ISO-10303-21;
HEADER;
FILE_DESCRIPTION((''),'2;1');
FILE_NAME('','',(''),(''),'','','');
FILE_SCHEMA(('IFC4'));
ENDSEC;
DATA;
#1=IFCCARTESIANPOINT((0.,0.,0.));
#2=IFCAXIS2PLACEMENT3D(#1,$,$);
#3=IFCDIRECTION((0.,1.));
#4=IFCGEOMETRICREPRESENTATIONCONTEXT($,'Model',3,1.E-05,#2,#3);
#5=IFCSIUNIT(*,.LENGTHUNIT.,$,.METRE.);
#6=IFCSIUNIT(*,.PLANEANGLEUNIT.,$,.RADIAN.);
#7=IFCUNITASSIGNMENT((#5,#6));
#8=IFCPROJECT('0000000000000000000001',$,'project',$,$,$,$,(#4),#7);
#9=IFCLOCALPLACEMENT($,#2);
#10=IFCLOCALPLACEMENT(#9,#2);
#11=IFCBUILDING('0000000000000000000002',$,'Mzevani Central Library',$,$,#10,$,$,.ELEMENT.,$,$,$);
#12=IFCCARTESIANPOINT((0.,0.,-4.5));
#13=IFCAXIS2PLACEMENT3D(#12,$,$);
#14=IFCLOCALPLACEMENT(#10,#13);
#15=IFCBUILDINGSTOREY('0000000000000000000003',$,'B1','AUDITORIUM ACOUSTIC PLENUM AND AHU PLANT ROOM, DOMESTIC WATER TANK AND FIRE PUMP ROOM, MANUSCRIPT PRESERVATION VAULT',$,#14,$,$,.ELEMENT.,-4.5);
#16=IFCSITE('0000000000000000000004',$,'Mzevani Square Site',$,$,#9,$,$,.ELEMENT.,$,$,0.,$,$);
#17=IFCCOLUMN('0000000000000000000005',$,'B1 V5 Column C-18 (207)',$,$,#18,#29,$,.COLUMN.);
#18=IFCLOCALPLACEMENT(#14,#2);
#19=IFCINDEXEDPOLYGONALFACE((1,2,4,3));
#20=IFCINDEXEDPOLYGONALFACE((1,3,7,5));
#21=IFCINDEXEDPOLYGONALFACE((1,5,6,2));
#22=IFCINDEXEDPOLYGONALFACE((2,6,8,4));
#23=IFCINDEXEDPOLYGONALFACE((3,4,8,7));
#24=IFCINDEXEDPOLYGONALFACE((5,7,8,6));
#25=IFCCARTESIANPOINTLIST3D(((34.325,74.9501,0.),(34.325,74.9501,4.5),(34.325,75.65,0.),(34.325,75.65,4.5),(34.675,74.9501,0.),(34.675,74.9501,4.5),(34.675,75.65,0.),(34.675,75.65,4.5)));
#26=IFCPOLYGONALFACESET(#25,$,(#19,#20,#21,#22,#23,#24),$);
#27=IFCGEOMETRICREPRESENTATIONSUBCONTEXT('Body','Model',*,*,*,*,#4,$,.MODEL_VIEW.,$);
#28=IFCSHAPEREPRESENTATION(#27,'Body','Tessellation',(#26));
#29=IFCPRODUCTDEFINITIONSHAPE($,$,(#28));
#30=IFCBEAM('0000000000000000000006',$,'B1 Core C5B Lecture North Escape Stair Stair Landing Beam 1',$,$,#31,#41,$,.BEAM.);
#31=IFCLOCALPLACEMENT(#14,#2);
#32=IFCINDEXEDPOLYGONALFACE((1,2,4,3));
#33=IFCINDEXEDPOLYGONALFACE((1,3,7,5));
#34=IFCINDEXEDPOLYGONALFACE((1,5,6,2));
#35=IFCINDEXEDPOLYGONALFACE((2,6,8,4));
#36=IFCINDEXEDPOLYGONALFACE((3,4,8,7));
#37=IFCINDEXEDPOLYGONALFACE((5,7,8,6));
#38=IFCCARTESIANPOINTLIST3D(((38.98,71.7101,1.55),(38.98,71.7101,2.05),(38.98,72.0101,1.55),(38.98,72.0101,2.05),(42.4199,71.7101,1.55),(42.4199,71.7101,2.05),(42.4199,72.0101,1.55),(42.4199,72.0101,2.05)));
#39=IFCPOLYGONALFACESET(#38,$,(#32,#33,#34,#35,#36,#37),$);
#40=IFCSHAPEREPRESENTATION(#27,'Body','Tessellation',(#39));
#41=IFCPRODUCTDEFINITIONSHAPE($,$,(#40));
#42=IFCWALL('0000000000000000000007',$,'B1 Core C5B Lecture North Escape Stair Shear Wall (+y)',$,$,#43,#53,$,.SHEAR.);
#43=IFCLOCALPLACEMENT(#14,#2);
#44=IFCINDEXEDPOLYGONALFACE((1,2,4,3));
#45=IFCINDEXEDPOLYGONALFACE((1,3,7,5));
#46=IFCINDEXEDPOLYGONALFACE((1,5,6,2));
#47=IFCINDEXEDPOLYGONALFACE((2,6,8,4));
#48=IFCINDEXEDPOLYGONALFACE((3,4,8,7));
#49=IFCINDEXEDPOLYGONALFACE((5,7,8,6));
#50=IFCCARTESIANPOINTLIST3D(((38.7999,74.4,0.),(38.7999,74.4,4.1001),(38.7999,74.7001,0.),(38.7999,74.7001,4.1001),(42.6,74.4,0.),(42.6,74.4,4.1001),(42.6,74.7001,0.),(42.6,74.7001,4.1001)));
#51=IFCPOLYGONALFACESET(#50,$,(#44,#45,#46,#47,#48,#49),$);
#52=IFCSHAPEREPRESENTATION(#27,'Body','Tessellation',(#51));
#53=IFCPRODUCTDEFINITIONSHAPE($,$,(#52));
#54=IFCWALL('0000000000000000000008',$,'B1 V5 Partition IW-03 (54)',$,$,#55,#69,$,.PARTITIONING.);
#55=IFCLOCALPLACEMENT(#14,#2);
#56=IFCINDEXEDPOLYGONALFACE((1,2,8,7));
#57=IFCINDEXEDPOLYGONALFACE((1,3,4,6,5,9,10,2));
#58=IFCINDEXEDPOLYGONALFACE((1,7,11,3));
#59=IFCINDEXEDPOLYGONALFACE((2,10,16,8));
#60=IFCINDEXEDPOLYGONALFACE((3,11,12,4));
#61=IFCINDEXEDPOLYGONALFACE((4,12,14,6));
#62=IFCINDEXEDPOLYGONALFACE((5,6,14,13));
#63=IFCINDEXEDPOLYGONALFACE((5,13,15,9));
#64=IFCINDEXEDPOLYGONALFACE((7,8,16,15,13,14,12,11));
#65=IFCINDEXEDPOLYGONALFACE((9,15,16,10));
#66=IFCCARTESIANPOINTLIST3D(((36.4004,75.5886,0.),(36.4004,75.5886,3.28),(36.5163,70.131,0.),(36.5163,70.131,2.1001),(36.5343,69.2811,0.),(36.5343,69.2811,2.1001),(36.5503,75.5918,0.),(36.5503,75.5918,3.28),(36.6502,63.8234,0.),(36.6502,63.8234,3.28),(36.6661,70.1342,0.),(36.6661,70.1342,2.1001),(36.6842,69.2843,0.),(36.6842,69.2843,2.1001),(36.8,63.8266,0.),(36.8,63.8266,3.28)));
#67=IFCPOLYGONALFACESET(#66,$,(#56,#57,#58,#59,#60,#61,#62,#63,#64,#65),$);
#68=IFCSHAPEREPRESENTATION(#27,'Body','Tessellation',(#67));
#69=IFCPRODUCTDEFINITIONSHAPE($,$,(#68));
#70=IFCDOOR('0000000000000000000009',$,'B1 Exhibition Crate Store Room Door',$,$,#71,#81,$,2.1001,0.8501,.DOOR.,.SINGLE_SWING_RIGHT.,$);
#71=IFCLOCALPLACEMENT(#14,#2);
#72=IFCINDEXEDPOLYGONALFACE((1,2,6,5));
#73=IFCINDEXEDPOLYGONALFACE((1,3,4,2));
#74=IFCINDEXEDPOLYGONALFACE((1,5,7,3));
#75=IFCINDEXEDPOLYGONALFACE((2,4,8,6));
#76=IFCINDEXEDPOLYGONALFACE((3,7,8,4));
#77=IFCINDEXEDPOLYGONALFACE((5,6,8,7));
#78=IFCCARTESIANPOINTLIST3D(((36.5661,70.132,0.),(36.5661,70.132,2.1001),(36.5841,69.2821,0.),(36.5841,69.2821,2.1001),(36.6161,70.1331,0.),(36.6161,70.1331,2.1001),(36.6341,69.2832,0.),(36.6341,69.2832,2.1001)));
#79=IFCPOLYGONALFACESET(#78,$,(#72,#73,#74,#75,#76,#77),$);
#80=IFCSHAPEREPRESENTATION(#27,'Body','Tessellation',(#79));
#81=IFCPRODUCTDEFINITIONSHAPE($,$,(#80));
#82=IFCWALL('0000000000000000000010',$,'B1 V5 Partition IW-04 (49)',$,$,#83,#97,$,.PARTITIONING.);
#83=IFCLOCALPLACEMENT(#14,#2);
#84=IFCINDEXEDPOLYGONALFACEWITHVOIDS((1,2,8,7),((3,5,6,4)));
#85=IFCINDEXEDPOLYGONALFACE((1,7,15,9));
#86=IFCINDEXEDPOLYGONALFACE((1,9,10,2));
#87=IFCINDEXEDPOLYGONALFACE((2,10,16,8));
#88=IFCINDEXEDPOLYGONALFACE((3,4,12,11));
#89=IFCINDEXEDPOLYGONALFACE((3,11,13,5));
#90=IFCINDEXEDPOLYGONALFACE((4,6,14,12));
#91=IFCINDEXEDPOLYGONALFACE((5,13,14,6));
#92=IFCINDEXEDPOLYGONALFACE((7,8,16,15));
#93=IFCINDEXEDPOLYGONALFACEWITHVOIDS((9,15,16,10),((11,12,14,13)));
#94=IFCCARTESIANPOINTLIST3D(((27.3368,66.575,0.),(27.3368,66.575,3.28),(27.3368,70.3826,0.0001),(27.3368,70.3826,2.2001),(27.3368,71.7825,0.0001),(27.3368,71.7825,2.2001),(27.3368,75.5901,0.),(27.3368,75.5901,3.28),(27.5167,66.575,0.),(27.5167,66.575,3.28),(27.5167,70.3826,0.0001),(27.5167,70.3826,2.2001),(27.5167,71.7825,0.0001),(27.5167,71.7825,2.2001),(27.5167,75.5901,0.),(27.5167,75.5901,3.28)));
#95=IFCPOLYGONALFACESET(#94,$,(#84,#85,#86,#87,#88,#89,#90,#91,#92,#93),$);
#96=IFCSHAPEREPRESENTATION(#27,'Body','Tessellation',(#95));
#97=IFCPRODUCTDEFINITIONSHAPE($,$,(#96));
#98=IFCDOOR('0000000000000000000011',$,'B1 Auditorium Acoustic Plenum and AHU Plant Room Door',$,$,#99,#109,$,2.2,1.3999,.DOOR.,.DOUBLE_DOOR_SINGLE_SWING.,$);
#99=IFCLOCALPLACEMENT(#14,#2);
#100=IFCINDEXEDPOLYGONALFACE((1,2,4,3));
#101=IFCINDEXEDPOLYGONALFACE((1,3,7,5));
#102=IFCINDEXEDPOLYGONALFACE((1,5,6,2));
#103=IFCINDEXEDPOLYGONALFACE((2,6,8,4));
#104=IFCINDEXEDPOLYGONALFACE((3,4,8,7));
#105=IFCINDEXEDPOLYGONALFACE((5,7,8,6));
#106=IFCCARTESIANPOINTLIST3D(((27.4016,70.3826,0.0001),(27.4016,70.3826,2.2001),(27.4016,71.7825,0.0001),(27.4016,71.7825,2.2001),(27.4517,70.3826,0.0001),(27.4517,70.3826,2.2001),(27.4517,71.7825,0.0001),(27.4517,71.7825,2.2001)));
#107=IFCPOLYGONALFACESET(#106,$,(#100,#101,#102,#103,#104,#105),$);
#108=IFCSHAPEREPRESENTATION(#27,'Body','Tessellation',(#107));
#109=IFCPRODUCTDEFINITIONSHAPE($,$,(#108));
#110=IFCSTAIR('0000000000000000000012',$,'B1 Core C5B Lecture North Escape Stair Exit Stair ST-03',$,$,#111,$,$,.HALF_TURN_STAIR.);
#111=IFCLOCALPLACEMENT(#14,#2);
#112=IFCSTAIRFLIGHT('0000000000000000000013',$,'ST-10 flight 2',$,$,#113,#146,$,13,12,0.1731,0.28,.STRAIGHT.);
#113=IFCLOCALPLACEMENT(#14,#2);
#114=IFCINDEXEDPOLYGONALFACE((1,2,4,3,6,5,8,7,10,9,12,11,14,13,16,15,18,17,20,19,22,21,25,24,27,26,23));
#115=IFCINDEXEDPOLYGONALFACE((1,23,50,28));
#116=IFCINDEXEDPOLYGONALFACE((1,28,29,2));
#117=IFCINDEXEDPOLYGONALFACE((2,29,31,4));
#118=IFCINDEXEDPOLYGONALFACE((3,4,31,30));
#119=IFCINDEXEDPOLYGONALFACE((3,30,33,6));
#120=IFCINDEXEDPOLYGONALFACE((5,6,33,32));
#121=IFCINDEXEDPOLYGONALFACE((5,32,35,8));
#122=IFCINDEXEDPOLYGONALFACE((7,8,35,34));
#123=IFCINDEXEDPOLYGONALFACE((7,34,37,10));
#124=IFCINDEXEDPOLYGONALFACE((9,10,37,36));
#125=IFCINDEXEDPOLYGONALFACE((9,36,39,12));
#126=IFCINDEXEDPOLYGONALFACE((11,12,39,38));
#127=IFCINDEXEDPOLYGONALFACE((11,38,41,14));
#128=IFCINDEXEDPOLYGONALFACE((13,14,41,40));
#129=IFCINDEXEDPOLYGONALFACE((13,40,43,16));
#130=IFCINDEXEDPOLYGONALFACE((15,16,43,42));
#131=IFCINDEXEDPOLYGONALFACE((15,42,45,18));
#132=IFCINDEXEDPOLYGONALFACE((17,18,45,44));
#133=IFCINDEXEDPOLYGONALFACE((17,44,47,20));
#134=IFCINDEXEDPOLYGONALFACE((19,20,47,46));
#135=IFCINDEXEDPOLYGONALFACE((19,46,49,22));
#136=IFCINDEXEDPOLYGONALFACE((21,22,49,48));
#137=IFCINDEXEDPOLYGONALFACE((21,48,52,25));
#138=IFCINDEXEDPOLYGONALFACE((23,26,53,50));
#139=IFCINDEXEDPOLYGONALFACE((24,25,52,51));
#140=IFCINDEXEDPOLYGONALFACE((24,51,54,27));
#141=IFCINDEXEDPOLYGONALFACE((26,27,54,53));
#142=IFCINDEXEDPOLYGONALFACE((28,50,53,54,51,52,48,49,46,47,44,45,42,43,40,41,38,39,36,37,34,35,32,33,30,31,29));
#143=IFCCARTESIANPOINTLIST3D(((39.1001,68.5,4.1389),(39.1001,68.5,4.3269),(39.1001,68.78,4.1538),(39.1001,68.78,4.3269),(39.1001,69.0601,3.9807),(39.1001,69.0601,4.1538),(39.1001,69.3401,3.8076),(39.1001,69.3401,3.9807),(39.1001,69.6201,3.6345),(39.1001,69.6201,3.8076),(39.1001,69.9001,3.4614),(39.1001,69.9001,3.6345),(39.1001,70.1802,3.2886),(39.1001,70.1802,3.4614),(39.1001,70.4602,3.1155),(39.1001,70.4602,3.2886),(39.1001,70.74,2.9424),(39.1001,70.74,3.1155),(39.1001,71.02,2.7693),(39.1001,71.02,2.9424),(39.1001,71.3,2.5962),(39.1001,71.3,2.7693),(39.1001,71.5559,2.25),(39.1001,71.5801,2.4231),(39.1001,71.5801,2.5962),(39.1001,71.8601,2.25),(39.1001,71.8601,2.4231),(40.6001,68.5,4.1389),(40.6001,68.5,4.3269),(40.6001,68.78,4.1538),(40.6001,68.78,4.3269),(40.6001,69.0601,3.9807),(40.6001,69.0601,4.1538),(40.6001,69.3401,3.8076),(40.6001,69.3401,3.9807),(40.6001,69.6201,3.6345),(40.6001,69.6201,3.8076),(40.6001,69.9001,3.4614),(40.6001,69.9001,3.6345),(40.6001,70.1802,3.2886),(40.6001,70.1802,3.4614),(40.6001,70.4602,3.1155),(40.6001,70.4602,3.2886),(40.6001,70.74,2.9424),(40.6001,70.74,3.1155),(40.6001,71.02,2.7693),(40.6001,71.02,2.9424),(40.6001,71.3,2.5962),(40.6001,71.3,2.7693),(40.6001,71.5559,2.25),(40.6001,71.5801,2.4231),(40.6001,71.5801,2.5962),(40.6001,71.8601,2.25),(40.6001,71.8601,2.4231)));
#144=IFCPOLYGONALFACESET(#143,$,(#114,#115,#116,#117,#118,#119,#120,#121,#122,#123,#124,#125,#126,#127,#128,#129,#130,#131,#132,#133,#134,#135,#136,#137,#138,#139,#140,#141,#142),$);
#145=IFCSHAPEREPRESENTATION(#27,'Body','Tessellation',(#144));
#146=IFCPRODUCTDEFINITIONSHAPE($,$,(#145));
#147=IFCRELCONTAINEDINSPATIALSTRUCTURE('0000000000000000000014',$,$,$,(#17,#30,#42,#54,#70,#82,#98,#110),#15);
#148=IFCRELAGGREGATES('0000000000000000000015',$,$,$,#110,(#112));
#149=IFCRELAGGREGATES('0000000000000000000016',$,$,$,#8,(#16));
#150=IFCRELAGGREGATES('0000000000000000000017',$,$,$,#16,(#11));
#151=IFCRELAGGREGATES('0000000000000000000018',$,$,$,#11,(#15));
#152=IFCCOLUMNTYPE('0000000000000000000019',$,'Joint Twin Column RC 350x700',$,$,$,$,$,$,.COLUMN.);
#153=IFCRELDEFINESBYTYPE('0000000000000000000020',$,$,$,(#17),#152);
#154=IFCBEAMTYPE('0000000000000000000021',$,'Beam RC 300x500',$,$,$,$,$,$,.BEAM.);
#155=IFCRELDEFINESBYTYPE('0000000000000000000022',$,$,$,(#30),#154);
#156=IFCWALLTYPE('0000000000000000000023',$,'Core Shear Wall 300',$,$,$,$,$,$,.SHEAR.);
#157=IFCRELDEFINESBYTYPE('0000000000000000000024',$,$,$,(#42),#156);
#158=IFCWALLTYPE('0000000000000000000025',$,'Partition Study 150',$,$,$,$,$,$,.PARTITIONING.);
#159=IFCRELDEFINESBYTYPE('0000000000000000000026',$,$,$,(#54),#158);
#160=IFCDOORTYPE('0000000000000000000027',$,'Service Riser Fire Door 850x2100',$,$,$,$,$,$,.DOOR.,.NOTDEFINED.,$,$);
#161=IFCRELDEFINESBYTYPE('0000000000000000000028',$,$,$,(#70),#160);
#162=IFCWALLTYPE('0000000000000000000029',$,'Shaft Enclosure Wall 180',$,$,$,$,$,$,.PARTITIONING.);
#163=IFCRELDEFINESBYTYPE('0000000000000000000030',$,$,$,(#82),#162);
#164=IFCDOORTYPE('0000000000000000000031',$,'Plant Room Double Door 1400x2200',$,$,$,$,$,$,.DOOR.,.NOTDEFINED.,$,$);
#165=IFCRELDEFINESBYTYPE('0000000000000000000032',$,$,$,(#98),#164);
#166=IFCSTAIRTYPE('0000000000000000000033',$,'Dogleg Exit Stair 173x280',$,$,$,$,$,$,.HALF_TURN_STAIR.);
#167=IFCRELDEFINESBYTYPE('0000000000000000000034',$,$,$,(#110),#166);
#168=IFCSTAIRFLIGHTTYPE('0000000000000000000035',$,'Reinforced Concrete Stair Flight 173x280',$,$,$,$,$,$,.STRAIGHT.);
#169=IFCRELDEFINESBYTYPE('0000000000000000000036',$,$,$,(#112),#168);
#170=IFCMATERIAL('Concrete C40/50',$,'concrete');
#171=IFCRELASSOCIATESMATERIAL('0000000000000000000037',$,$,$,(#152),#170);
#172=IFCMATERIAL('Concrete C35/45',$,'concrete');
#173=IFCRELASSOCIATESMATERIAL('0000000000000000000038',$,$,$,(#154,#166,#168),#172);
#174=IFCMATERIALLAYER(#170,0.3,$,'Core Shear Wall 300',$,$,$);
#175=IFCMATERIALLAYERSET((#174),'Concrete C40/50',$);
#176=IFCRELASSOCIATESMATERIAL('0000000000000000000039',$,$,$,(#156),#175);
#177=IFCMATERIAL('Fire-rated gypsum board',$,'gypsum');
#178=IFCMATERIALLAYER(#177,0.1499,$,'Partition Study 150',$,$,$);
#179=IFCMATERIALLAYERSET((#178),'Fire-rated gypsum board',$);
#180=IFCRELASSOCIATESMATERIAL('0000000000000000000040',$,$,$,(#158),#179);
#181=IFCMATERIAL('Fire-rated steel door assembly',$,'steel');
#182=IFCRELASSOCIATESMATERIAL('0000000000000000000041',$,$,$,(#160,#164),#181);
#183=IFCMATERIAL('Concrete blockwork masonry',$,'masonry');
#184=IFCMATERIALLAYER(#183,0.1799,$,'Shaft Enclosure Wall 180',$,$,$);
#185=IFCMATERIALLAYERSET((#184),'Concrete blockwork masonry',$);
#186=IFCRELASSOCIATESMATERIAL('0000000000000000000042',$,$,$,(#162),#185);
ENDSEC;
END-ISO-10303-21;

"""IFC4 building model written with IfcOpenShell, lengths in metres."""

from ifc_helpers import new_model, si_unit, direction, frame, frame_2d, origin, origin_2d, place, context, subcontext, project, spatial, polyline, rectangle, outline, extrude, material, layer, layer_set, material_profile, profile_set, type_object, element, fill, aggregate, save


model = new_model("IFC4")

# Units and contexts
model_context = context("Model", 3, precision=1e-05, world=origin(), true_north=direction((0.0, 1.0)))
body_context = subcontext(model_context, "Body", "Model", "MODEL_VIEW")
ifc_project = project(units=[si_unit("LENGTHUNIT", "METRE"), si_unit("PLANEANGLEUNIT", "RADIAN")], contexts=[model_context])

# Site, building, storey
site_placement = place(None, origin())
site = spatial("IfcSite", under=ifc_project, at=site_placement, Name="Mzevani Square Site", CompositionType="ELEMENT", RefElevation=0.0)
building_placement = place(site_placement, origin())
building = spatial("IfcBuilding", under=site, at=building_placement, Name="Mzevani Central Library", CompositionType="ELEMENT")
storey_placement = place(building_placement, frame((0.0, 0.0, -4.5)))
storey = spatial("IfcBuildingStorey", under=building, at=storey_placement, Name="B1", Description="AUDITORIUM ACOUSTIC PLENUM AND AHU PLANT ROOM, DOMESTIC WATER TANK AND FIRE PUMP ROOM, MANUSCRIPT PRESERVATION VAULT", CompositionType="ELEMENT", Elevation=-4.5)

# Shared definitions
ifc_material_1 = material(Name="Concrete C40/50", Category="concrete")

# Column
ifc_material_profile_1 = material_profile(ifc_material_1, rectangle(XDim=0.3501, YDim=0.7, at=origin_2d()), Name="RC 350x700")
ifc_profile_set_1 = profile_set([ifc_material_profile_1], Name="Concrete C40/50")
column_type_1 = type_object("IfcColumnType", Name="Joint Twin Column RC 350x700", PredefinedType="COLUMN", material=ifc_profile_set_1)
for number, where, z_axis, x_axis, name in (
    (1, (34.5, 75.3, 0.0), (0.0, 0.0, 1.0), (1.0, 0.0, 0.0), "B1 V5 Column C-18 (207)"),
):
    element("IfcColumn", number, at=place(storey_placement, frame(where, z_axis=z_axis, x_axis=x_axis)), inside=storey, type_object=column_type_1, Name=name, PredefinedType="COLUMN", context=body_context, shape_type="SweptSolid", body=[
        extrude(rectangle(XDim=0.3501, YDim=0.7, at=origin_2d()), origin(), (0.0, 0.0, 1.0), 4.5),
    ])

# Beam
ifc_material_2 = material(Name="Concrete C35/45", Category="concrete")
ifc_material_profile_2 = material_profile(ifc_material_2, rectangle(XDim=0.3, YDim=0.5, at=origin_2d()), Name="RC B300x500")
ifc_profile_set_2 = profile_set([ifc_material_profile_2], Name="Concrete C35/45")
beam_type = type_object("IfcBeamType", Name="Beam RC 300x500", PredefinedType="BEAM", material=ifc_profile_set_2)
beam_placement = place(storey_placement, frame((38.98, 71.8601, 1.8), z_axis=(1.0, 0.0, 0.0), x_axis=(0.0, 1.0, 0.0)))
element("IfcBeam", 2, at=beam_placement, inside=storey, type_object=beam_type, Name="B1 Core C5B Lecture North Escape Stair Stair Landing Beam 1", PredefinedType="BEAM", context=body_context, shape_type="SweptSolid", body=[
    extrude(rectangle(XDim=0.3, YDim=0.5, at=origin_2d()), origin(), (0.0, 0.0, 1.0), 3.4399),
])

# Wall
ifc_layer_1 = layer(ifc_material_1, 0.3, Name="Core Shear Wall 300")
ifc_layer_set_1 = layer_set([ifc_layer_1], Name="Concrete C40/50")
wall_type_1 = type_object("IfcWallType", Name="Core Shear Wall 300", PredefinedType="SHEAR", material=ifc_layer_set_1)
wall_1_placement = place(storey_placement, frame((38.8, 74.55, 0.0), z_axis=(0.0, 0.0, 1.0), x_axis=(1.0, 0.0, 0.0)))
element("IfcWall", 3, at=wall_1_placement, inside=storey, type_object=wall_type_1, Name="B1 Core C5B Lecture North Escape Stair Shear Wall (+y)", PredefinedType="SHEAR", context=body_context, shape_type="SweptSolid", body=[
    extrude(rectangle(XDim=3.8, YDim=0.3, at=frame_2d((1.8999, 0.0))), origin(), (0.0, 0.0, 1.0), 4.1001),
])

# Walls, openings, doors
ifc_material_3 = material(Name="Fire-rated gypsum board", Category="gypsum")
ifc_layer_2 = layer(ifc_material_3, 0.1499, Name="Partition Study 150")
ifc_layer_set_2 = layer_set([ifc_layer_2], Name="Fire-rated gypsum board")
wall_type_2 = type_object("IfcWallType", Name="Partition Study 150", PredefinedType="PARTITIONING", material=ifc_layer_set_2)
wall_2_placement = place(storey_placement, frame((36.4753, 75.5901, 0.0), z_axis=(0.0, 0.0, 1.0), x_axis=(0.021224, -0.999775, 0.0)))
wall_2 = element("IfcWall", 4, at=wall_2_placement, inside=storey, type_object=wall_type_2, Name="B1 V5 Partition IW-03 (54)", PredefinedType="PARTITIONING", context=body_context, shape_type="SweptSolid", body=[
    extrude(rectangle(XDim=11.7678, YDim=0.1499, at=frame_2d((5.8838, 0.0))), origin(), (0.0, 0.0, 1.0), 3.28),
])
opening_1_placement = place(wall_2_placement, frame((5.4587, 0.0, 0.0)))
opening_1 = element("IfcOpeningElement", 5, at=opening_1_placement, cuts=wall_2, PredefinedType="OPENING", context=body_context, shape_type="SweptSolid", body=[
    extrude(rectangle(XDim=0.8501, YDim=2.1001, at=frame_2d((0.425, 1.05))), frame((0.0, 0.085, 0.0), z_axis=(0.0, -1.0, 0.0), x_axis=(1.0, 0.0, 0.0)), (0.0, 0.0, 1.0), 0.1699),
])
ifc_material_4 = material(Name="Fire-rated steel door assembly", Category="steel")
door_type_1 = type_object("IfcDoorType", Name="Service Riser Fire Door 850x2100", OperationType="NOTDEFINED", PredefinedType="DOOR", material=ifc_material_4)
door_1_placement = place(opening_1_placement, origin())
door_1 = element("IfcDoor", 6, at=door_1_placement, inside=storey, type_object=door_type_1, Name="B1 Exhibition Crate Store Room Door", OperationType="SINGLE_SWING_RIGHT", OverallHeight=2.1001, OverallWidth=0.8501, PredefinedType="DOOR", context=body_context, shape_type="SweptSolid", body=[
    extrude(rectangle(XDim=0.8501, YDim=2.1001, at=frame_2d((0.425, 1.05))), frame((0.0, 0.0249, 0.0), z_axis=(0.0, -1.0, 0.0), x_axis=(1.0, 0.0, 0.0)), (0.0, 0.0, 1.0), 0.05),
])
fill(opening_1, door_1)
ifc_material_5 = material(Name="Concrete blockwork masonry", Category="masonry")
ifc_layer_3 = layer(ifc_material_5, 0.1799, Name="Shaft Enclosure Wall 180")
ifc_layer_set_3 = layer_set([ifc_layer_3], Name="Concrete blockwork masonry")
wall_type_3 = type_object("IfcWallType", Name="Shaft Enclosure Wall 180", PredefinedType="PARTITIONING", material=ifc_layer_set_3)
wall_3_placement = place(storey_placement, frame((27.4268, 75.5901, 0.0), z_axis=(0.0, 0.0, 1.0), x_axis=(0.0, -1.0, 0.0)))
wall_3 = element("IfcWall", 7, at=wall_3_placement, inside=storey, type_object=wall_type_3, Name="B1 V5 Partition IW-04 (49)", PredefinedType="PARTITIONING", context=body_context, shape_type="SweptSolid", body=[
    extrude(rectangle(XDim=9.0151, YDim=0.1799, at=frame_2d((4.5076, 0.0))), origin(), (0.0, 0.0, 1.0), 3.28),
])
opening_2_placement = place(wall_3_placement, frame((3.8076, 0.0, 0.0)))
opening_2 = element("IfcOpeningElement", 8, at=opening_2_placement, cuts=wall_3, PredefinedType="OPENING", context=body_context, shape_type="SweptSolid", body=[
    extrude(rectangle(XDim=1.3999, YDim=2.2, at=frame_2d((0.7, 1.1001))), frame((0.0, 0.1001, 0.0), z_axis=(0.0, -1.0, 0.0), x_axis=(1.0, 0.0, 0.0)), (0.0, 0.0, 1.0), 0.2),
])
door_type_2 = type_object("IfcDoorType", Name="Plant Room Double Door 1400x2200", OperationType="NOTDEFINED", PredefinedType="DOOR", material=ifc_material_4)
door_2_placement = place(opening_2_placement, origin())
door_2 = element("IfcDoor", 9, at=door_2_placement, inside=storey, type_object=door_type_2, Name="B1 Auditorium Acoustic Plenum and AHU Plant Room Door", OperationType="DOUBLE_DOOR_SINGLE_SWING", OverallHeight=2.2, OverallWidth=1.3999, PredefinedType="DOOR", context=body_context, shape_type="SweptSolid", body=[
    extrude(rectangle(XDim=1.3999, YDim=2.2, at=frame_2d((0.7, 1.1001))), frame((0.0, 0.0249, 0.0), z_axis=(0.0, -1.0, 0.0), x_axis=(1.0, 0.0, 0.0)), (0.0, 0.0, 1.0), 0.05),
])
fill(opening_2, door_2)

# Stair, stair flight
stair_type = type_object("IfcStairType", Name="Dogleg Exit Stair 173x280", PredefinedType="HALF_TURN_STAIR", material=ifc_material_2)
stair_placement = place(storey_placement, origin())
stair = element("IfcStair", 10, at=stair_placement, inside=storey, type_object=stair_type, Name="B1 Core C5B Lecture North Escape Stair Exit Stair ST-03", PredefinedType="HALF_TURN_STAIR")
stair_flight_type = type_object("IfcStairFlightType", Name="Reinforced Concrete Stair Flight 173x280", PredefinedType="STRAIGHT", material=ifc_material_2)
stair_flight_placement = place(storey_placement, frame((39.8501, 71.8601, 2.25), z_axis=(0.0, 0.0, 1.0), x_axis=(0.0, -1.0, 0.0)))
stair_flight = element("IfcStairFlight", 11, at=stair_flight_placement, type_object=stair_flight_type, Name="ST-10 flight 2", NumberOfRisers=13, NumberOfTreads=12, PredefinedType="STRAIGHT", RiserHeight=0.1731, TreadLength=0.28, context=body_context, shape_type="SweptSolid", body=[
    extrude(outline(polyline([(0.0, 0.0), (0.0, 0.1731), (0.28, 0.1731), (0.28, 0.3462), (0.5601, 0.3462), (0.5601, 0.5193), (0.8401, 0.5193), (0.8401, 0.6924), (1.1201, 0.6924), (1.1201, 0.8655), (1.3999, 0.8655), (1.3999, 1.0386), (1.6799, 1.0386), (1.6799, 1.2114), (1.96, 1.2114), (1.96, 1.3845), (2.24, 1.3845), (2.24, 1.5576), (2.52, 1.5576), (2.52, 1.7307), (2.8, 1.7307), (2.8, 1.9038), (3.0801, 1.9038), (3.0801, 2.0769), (3.3601, 2.0769), (3.3601, 2.25), (3.3601, 1.8889), (0.3042, 0.0), (0.0, 0.0)])), frame((0.0, 0.75, 0.0), z_axis=(0.0, -1.0, 0.0), x_axis=(1.0, 0.0, 0.0)), (0.0, 0.0, 1.0), 1.5),
])
aggregate(stair, [stair_flight])

save(model, "model.ifc")
